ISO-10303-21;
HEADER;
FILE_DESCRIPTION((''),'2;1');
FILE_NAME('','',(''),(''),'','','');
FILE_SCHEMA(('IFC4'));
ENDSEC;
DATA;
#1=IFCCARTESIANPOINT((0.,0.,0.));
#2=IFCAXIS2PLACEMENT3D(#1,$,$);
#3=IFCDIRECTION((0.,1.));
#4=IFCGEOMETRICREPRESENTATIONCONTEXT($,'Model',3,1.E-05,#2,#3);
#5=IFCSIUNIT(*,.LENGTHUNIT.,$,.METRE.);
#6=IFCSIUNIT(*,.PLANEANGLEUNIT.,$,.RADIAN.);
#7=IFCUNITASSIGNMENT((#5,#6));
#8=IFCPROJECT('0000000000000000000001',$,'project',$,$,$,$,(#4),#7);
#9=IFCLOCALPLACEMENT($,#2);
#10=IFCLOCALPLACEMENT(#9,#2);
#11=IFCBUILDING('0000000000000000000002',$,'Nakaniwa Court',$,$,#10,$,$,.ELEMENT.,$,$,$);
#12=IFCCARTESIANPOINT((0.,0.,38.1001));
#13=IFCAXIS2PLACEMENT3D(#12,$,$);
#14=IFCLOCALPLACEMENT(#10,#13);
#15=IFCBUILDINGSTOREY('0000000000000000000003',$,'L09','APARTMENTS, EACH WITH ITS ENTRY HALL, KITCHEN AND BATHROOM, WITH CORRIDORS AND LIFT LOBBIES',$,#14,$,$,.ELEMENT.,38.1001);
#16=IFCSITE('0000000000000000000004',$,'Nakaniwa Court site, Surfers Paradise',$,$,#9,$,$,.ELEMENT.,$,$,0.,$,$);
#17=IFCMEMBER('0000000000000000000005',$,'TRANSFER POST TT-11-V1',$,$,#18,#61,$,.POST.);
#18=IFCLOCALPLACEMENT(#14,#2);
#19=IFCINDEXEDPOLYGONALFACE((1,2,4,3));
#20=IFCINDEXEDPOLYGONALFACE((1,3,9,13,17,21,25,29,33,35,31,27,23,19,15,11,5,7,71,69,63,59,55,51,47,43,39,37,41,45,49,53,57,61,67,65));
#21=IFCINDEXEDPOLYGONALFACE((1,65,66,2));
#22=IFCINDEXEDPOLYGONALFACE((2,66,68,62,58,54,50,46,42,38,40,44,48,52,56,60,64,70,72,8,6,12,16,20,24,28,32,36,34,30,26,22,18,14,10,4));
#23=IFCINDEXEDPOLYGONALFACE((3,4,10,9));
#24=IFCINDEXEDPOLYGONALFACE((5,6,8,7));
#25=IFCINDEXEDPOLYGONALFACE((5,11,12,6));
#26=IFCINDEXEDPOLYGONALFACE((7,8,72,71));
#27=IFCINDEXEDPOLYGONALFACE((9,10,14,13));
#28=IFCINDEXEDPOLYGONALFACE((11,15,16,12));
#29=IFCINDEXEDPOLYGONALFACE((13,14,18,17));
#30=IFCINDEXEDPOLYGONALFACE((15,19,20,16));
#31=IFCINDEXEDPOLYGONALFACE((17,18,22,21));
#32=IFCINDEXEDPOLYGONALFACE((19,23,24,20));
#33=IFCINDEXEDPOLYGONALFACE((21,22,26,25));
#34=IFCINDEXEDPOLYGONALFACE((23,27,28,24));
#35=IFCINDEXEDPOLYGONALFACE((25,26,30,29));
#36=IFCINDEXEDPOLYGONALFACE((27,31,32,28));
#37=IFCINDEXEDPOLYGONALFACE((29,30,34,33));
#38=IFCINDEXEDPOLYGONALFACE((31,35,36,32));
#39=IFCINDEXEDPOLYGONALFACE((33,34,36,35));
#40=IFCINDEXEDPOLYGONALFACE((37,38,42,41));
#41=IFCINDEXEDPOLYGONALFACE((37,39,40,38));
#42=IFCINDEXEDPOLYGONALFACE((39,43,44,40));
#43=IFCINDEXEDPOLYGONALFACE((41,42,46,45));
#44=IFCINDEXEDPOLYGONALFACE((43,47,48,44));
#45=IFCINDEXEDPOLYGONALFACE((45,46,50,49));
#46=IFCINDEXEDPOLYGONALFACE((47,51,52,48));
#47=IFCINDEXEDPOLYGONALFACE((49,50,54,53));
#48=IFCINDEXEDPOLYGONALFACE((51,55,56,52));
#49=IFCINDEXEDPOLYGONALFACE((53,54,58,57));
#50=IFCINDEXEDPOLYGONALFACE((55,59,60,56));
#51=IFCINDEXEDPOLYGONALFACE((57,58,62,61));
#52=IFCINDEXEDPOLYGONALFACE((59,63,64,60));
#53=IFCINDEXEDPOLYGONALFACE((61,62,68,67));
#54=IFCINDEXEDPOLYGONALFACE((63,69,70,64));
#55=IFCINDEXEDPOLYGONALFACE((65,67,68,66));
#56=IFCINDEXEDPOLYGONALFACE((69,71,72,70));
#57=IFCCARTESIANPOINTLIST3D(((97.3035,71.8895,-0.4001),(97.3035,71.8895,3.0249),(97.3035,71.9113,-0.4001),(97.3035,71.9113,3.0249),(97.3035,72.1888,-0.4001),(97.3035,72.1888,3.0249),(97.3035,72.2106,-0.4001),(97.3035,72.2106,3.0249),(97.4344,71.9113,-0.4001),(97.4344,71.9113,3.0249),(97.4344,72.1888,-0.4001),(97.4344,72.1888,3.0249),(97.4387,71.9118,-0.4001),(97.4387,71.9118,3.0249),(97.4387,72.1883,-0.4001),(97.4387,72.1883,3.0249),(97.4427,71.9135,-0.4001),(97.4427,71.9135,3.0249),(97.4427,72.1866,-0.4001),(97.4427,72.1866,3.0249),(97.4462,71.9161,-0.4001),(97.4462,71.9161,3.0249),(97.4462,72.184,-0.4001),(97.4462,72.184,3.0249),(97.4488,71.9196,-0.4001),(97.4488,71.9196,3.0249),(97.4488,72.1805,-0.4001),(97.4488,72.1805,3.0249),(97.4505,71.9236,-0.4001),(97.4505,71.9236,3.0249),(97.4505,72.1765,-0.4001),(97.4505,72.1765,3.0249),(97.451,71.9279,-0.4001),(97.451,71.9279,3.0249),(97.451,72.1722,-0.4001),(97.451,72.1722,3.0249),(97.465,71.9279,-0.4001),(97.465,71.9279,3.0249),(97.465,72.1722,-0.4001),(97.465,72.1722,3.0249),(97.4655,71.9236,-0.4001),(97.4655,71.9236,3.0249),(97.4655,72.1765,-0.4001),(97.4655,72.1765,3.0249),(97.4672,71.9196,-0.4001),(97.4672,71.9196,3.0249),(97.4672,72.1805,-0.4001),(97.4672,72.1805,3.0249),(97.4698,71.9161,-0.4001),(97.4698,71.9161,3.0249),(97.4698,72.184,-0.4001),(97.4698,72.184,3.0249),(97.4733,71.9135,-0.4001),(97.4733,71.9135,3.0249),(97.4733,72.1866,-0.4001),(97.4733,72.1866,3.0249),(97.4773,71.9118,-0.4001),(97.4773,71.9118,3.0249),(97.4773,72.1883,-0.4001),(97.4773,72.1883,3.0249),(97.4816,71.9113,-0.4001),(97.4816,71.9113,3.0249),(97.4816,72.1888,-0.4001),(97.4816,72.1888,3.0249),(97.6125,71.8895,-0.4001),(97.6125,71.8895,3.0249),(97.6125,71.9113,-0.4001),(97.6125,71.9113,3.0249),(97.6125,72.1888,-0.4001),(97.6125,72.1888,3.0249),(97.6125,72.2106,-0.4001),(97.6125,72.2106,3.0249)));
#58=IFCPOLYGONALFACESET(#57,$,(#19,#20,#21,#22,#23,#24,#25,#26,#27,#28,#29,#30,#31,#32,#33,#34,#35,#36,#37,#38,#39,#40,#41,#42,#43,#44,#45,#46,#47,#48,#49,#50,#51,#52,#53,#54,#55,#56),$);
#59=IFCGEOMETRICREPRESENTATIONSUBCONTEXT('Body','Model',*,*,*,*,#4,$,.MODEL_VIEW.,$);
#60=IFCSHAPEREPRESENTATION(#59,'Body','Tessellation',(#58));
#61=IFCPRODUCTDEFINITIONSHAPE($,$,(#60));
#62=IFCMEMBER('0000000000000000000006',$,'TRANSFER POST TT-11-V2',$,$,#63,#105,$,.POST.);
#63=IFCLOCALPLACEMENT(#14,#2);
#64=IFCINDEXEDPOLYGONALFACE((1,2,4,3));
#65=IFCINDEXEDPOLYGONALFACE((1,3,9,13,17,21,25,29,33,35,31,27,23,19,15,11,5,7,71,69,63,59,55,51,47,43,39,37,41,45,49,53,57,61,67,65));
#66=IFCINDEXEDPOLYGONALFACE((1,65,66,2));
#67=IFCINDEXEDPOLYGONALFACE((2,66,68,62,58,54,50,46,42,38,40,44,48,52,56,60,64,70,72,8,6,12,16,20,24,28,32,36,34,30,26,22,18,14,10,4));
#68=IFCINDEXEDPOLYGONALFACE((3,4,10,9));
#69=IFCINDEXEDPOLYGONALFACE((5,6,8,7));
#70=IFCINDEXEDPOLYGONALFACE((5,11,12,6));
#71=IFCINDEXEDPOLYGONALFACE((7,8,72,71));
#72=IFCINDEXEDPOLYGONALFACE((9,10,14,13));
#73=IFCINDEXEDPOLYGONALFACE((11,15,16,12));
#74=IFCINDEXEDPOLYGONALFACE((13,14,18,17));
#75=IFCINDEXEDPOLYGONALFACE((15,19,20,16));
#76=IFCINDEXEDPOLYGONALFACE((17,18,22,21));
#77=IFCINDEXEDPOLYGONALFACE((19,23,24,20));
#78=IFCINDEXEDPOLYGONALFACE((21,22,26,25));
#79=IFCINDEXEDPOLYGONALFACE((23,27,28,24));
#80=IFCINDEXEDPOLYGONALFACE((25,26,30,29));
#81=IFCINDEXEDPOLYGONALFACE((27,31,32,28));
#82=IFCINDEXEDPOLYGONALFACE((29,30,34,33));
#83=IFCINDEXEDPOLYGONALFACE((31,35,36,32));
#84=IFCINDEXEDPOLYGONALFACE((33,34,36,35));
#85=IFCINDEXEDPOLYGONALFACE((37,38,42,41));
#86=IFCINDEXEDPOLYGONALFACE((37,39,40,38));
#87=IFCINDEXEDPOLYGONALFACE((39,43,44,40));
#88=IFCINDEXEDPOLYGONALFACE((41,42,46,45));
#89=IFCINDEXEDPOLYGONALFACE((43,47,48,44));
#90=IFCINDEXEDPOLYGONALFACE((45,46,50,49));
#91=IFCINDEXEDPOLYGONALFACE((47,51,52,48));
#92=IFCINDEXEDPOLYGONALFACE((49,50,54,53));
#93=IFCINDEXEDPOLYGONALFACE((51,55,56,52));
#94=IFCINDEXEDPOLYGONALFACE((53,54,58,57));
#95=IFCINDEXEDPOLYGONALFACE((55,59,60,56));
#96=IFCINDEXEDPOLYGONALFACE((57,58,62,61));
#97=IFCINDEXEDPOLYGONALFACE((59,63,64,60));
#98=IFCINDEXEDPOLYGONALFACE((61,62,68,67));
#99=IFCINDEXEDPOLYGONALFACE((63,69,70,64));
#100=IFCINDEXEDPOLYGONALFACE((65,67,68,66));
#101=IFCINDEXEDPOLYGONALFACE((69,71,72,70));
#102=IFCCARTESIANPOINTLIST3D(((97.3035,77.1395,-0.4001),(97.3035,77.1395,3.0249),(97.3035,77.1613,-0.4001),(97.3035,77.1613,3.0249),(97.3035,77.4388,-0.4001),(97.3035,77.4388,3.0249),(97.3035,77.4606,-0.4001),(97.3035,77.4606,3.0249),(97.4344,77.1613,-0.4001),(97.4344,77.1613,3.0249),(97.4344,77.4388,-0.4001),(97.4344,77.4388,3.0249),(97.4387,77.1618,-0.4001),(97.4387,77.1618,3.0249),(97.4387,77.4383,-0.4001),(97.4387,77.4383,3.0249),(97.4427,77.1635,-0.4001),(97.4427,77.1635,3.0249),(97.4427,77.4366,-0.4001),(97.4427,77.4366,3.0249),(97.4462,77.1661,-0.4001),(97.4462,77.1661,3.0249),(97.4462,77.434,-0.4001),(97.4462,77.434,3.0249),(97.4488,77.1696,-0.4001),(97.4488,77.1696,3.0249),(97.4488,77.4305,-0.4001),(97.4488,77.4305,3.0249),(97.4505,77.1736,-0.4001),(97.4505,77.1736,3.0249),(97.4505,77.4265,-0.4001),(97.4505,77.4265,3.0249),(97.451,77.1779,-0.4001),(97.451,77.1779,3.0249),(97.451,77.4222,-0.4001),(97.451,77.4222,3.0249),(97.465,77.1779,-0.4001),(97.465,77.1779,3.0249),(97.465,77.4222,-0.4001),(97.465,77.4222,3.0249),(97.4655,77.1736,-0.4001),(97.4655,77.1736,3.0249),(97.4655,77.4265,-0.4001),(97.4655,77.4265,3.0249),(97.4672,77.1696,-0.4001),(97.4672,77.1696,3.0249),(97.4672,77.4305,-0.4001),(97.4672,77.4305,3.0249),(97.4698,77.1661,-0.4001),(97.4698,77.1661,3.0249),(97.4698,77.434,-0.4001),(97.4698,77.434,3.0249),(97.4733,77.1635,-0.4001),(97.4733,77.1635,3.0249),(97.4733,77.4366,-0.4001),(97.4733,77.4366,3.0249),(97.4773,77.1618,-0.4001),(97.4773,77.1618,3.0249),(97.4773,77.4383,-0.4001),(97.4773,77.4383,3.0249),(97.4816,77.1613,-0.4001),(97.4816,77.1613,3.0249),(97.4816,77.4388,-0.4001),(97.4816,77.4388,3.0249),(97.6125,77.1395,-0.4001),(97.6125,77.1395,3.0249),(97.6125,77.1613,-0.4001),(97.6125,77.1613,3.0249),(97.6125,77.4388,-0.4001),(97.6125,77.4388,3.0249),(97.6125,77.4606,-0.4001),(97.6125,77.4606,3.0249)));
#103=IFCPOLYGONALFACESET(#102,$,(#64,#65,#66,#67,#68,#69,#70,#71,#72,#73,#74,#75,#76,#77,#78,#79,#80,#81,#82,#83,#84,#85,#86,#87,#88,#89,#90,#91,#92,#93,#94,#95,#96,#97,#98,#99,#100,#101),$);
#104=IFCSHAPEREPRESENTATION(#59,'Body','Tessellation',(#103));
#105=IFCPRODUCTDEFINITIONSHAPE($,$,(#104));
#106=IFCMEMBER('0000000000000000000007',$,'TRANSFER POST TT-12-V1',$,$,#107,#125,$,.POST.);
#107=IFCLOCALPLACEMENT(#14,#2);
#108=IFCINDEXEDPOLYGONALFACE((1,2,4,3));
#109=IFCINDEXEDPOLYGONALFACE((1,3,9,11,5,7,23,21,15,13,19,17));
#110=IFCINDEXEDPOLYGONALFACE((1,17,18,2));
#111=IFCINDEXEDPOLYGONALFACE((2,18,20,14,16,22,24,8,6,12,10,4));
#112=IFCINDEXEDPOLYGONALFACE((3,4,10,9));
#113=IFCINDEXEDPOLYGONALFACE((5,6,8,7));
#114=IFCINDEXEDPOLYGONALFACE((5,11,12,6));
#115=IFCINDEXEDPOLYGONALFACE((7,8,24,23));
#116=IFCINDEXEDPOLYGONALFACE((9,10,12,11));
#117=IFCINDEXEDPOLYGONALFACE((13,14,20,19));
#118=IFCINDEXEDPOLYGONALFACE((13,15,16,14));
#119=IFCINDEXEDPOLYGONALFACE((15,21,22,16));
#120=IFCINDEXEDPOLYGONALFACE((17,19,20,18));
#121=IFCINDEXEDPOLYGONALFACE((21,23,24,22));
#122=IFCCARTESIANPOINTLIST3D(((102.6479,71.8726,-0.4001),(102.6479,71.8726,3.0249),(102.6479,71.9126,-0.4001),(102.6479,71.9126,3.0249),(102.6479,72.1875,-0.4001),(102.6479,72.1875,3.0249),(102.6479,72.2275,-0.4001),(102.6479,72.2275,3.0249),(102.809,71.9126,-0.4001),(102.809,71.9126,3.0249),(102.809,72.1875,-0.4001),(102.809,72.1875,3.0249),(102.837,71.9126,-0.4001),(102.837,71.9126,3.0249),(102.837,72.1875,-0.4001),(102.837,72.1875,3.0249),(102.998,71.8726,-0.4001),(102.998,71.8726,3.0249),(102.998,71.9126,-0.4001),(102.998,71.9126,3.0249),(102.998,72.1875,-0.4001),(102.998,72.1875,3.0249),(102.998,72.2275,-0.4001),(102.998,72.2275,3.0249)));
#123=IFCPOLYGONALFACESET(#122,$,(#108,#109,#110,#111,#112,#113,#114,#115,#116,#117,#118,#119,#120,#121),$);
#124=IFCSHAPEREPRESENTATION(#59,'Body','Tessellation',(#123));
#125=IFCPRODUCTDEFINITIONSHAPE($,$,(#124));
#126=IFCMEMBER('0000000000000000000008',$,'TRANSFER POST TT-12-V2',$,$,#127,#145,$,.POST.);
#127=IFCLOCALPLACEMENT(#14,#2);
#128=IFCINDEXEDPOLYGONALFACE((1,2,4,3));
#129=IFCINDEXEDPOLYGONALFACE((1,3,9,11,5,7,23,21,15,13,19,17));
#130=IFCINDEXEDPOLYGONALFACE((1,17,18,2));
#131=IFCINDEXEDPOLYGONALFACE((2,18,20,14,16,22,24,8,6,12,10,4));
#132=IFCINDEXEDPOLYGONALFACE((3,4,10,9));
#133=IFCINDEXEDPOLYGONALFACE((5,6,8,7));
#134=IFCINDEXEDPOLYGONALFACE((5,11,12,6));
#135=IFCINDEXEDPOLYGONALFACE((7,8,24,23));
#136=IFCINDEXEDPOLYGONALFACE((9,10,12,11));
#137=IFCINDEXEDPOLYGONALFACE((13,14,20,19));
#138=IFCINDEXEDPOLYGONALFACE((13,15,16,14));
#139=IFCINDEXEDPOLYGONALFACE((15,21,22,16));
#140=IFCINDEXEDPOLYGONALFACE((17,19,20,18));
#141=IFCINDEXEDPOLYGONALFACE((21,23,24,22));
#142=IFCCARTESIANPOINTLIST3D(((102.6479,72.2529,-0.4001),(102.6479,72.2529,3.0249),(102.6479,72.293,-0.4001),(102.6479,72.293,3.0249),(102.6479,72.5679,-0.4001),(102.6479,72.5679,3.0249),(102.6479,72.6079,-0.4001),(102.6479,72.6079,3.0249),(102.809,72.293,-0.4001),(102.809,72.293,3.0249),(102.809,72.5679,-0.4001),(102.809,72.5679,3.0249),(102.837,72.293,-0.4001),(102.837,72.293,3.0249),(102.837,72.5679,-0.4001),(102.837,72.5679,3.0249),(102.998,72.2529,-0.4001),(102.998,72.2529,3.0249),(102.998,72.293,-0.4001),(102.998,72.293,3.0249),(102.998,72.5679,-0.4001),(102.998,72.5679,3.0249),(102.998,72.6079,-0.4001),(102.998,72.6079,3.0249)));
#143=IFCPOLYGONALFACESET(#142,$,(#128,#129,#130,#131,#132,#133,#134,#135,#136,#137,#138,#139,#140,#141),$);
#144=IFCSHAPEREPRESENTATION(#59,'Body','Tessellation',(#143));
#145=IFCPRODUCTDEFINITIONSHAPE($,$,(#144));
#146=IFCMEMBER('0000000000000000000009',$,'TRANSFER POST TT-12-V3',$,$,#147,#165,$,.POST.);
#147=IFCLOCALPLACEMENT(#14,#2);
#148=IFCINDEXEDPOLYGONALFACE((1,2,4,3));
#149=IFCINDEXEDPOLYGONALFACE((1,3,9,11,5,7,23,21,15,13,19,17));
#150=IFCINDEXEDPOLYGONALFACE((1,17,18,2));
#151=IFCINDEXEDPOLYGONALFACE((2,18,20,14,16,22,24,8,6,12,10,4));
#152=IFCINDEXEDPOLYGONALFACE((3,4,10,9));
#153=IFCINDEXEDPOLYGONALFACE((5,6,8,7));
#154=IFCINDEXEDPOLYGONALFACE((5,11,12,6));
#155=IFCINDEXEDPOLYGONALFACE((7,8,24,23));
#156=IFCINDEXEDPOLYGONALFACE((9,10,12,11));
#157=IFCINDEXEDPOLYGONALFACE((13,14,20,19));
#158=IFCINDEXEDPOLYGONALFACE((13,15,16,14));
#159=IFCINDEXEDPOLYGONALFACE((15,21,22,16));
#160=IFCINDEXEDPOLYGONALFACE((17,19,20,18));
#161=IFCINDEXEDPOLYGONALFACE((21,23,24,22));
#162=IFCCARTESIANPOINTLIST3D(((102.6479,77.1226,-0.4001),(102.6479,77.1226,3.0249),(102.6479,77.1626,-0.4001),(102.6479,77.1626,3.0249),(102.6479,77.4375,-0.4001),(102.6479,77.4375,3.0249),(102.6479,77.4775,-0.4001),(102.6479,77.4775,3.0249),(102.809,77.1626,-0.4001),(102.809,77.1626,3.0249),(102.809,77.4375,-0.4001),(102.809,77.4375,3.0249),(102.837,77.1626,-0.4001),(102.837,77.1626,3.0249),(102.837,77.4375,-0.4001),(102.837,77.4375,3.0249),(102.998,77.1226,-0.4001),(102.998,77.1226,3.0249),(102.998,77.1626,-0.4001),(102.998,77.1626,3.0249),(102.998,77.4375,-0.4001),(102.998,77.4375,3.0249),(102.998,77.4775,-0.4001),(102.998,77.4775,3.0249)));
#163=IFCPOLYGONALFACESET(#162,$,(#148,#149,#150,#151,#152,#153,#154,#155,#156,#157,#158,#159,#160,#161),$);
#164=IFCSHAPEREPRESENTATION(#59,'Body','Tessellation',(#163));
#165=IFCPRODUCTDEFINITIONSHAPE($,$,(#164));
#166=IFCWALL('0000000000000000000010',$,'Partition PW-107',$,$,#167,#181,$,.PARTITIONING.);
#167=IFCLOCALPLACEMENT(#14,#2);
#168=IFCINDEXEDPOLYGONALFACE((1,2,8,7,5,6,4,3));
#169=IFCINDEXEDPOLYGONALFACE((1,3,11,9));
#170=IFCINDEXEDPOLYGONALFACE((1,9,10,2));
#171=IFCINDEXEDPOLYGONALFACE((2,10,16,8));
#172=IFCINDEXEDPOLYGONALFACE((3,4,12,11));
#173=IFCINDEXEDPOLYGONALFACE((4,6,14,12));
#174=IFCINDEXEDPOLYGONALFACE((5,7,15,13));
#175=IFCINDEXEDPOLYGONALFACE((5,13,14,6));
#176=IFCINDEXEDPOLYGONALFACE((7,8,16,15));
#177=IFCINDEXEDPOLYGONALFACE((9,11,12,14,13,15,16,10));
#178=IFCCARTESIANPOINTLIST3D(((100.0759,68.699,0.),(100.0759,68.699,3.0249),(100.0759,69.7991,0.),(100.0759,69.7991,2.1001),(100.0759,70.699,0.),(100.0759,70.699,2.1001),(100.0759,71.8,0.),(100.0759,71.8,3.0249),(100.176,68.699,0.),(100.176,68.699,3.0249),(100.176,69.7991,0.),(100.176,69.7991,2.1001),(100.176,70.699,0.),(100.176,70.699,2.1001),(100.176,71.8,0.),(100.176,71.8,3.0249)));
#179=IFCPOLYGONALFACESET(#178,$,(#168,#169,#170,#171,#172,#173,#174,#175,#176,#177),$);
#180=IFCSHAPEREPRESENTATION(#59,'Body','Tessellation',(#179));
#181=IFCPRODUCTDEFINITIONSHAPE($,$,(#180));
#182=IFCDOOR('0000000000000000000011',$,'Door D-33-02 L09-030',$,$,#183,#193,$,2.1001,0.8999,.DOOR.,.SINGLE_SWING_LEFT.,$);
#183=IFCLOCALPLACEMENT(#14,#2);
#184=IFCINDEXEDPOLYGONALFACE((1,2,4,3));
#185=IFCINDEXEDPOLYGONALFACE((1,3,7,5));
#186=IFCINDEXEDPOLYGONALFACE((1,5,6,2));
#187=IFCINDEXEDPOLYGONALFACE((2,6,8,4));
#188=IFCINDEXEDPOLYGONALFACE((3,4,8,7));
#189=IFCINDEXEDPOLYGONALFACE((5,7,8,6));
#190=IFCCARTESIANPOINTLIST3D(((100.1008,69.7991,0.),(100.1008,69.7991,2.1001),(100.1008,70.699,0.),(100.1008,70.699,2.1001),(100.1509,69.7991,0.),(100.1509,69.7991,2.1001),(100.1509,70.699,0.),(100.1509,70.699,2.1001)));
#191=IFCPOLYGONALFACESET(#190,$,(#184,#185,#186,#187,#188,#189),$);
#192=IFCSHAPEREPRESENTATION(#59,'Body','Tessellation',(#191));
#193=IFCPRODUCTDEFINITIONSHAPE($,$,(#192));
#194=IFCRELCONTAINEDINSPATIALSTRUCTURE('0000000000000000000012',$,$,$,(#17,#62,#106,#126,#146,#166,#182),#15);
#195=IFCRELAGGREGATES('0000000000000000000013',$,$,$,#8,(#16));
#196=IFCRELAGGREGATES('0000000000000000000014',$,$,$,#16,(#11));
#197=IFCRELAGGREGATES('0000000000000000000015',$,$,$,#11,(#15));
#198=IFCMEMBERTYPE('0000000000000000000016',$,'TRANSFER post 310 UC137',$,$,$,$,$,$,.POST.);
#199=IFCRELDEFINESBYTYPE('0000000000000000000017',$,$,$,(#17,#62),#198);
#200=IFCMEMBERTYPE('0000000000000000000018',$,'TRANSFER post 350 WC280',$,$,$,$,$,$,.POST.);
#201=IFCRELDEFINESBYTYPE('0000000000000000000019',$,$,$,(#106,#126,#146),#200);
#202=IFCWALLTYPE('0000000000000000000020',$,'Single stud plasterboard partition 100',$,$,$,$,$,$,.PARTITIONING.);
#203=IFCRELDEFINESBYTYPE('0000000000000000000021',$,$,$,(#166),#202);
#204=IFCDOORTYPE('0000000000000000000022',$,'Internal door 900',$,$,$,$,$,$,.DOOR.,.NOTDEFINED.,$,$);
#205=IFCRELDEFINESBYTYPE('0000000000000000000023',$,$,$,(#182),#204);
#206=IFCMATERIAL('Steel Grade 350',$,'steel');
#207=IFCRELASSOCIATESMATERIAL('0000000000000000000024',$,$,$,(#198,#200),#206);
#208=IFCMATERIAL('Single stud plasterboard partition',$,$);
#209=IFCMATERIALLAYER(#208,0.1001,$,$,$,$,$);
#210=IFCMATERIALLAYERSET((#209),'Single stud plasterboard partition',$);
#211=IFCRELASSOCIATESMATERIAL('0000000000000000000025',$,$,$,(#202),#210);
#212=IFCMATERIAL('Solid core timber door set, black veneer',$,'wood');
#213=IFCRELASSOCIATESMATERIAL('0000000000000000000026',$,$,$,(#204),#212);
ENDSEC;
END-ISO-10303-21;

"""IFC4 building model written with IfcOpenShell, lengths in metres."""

from ifc_helpers import new_model, si_unit, direction, frame, frame_2d, origin, origin_2d, place, context, subcontext, project, spatial, rectangle, i_section, extrude, material, layer, layer_set, material_profile, profile_set, type_object, element, fill, save


model = new_model("IFC4")

# Units and contexts
model_context = context("Model", 3, precision=1e-05, world=origin(), true_north=direction((0.0, 1.0)))
body_context = subcontext(model_context, "Body", "Model", "MODEL_VIEW")
ifc_project = project(units=[si_unit("LENGTHUNIT", "METRE"), si_unit("PLANEANGLEUNIT", "RADIAN")], contexts=[model_context])

# Site, building, storey
site_placement = place(None, origin())
site = spatial("IfcSite", under=ifc_project, at=site_placement, Name="Nakaniwa Court site, Surfers Paradise", CompositionType="ELEMENT", RefElevation=0.0)
building_placement = place(site_placement, origin())
building = spatial("IfcBuilding", under=site, at=building_placement, Name="Nakaniwa Court", CompositionType="ELEMENT")
storey_placement = place(building_placement, frame((0.0, 0.0, 38.1001)))
storey = spatial("IfcBuildingStorey", under=building, at=storey_placement, Name="L09", Description="APARTMENTS, EACH WITH ITS ENTRY HALL, KITCHEN AND BATHROOM, WITH CORRIDORS AND LIFT LOBBIES", CompositionType="ELEMENT", Elevation=38.1001)

# Members
ifc_material_1 = material(Name="Steel Grade 350", Category="steel")
ifc_material_profile_1 = material_profile(ifc_material_1, i_section(OverallWidth=0.3091, OverallDepth=0.321, WebThickness=0.0139, FlangeThickness=0.0217, FilletRadius=0.0166, at=origin_2d()), Name="310UC137")
ifc_profile_set_1 = profile_set([ifc_material_profile_1], Name="Steel Grade 350")
member_type_1 = type_object("IfcMemberType", Name="TRANSFER post 310 UC137", PredefinedType="POST", material=ifc_profile_set_1)
for number, where, z_axis, x_axis, name in (
    (1, (97.458, 72.05, -0.4001), (0.0, 0.0, 1.0), (1.0, 0.0, 0.0), "TRANSFER POST TT-11-V1"),
    (2, (97.458, 77.3, -0.4001), (0.0, 0.0, 1.0), (1.0, 0.0, 0.0), "TRANSFER POST TT-11-V2"),
):
    element("IfcMember", number, at=place(storey_placement, frame(where, z_axis=z_axis, x_axis=x_axis)), inside=storey, type_object=member_type_1, Name=name, PredefinedType="POST", context=body_context, shape_type="SweptSolid", body=[
        extrude(i_section(OverallWidth=0.3091, OverallDepth=0.321, WebThickness=0.0139, FlangeThickness=0.0217, FilletRadius=0.0166, at=origin_2d()), origin(), (0.0, 0.0, 1.0), 3.425),
    ])
ifc_material_profile_2 = material_profile(ifc_material_1, i_section(OverallWidth=0.3501, OverallDepth=0.355, WebThickness=0.0281, FlangeThickness=0.04, at=origin_2d()), Name="350WC280")
ifc_profile_set_2 = profile_set([ifc_material_profile_2], Name="Steel Grade 350")
member_type_2 = type_object("IfcMemberType", Name="TRANSFER post 350 WC280", PredefinedType="POST", material=ifc_profile_set_2)
for number, where, z_axis, x_axis, name in (
    (3, (102.823, 72.05, -0.4001), (0.0, 0.0, 1.0), (1.0, 0.0, 0.0), "TRANSFER POST TT-12-V1"),
    (4, (102.823, 72.4304, -0.4001), (0.0, 0.0, 1.0), (1.0, 0.0, 0.0), "TRANSFER POST TT-12-V2"),
    (5, (102.823, 77.3, -0.4001), (0.0, 0.0, 1.0), (1.0, 0.0, 0.0), "TRANSFER POST TT-12-V3"),
):
    element("IfcMember", number, at=place(storey_placement, frame(where, z_axis=z_axis, x_axis=x_axis)), inside=storey, type_object=member_type_2, Name=name, PredefinedType="POST", context=body_context, shape_type="SweptSolid", body=[
        extrude(i_section(OverallWidth=0.3501, OverallDepth=0.355, WebThickness=0.0281, FlangeThickness=0.04, at=origin_2d()), origin(), (0.0, 0.0, 1.0), 3.425),
    ])

# Wall, opening, door
ifc_material_2 = material(Name="Single stud plasterboard partition")
ifc_layer = layer(ifc_material_2, 0.1001)
ifc_layer_set = layer_set([ifc_layer], Name="Single stud plasterboard partition")
wall_type = type_object("IfcWallType", Name="Single stud plasterboard partition 100", PredefinedType="PARTITIONING", material=ifc_layer_set)
wall_placement = place(storey_placement, frame((100.126, 71.8, 0.0), z_axis=(0.0, 0.0, 1.0), x_axis=(0.0, -1.0, 0.0)))
wall = element("IfcWall", 6, at=wall_placement, inside=storey, type_object=wall_type, Name="Partition PW-107", PredefinedType="PARTITIONING", context=body_context, shape_type="SweptSolid", body=[
    extrude(rectangle(XDim=3.1011, YDim=0.1001, at=frame_2d((1.5505, 0.0))), origin(), (0.0, 0.0, 1.0), 3.0249),
])
opening_placement = place(wall_placement, frame((1.1011, 0.0, 0.0)))
opening = element("IfcOpeningElement", 7, at=opening_placement, cuts=wall, PredefinedType="OPENING", context=body_context, shape_type="SweptSolid", body=[
    extrude(rectangle(XDim=0.8999, YDim=2.1001, at=frame_2d((0.45, 1.05))), frame((0.0, 0.0601, 0.0), z_axis=(0.0, -1.0, 0.0), x_axis=(1.0, 0.0, 0.0)), (0.0, 0.0, 1.0), 0.1201),
])
ifc_material_3 = material(Name="Solid core timber door set, black veneer", Category="wood")
door_type = type_object("IfcDoorType", Name="Internal door 900", OperationType="NOTDEFINED", PredefinedType="DOOR", material=ifc_material_3)
door_placement = place(opening_placement, origin())
door = element("IfcDoor", 8, at=door_placement, inside=storey, type_object=door_type, Name="Door D-33-02 L09-030", OperationType="SINGLE_SWING_LEFT", OverallHeight=2.1001, OverallWidth=0.8999, PredefinedType="DOOR", context=body_context, shape_type="SweptSolid", body=[
    extrude(rectangle(XDim=0.8999, YDim=2.1001, at=frame_2d((0.45, 1.05))), frame((0.0, 0.0249, 0.0), z_axis=(0.0, -1.0, 0.0), x_axis=(1.0, 0.0, 0.0)), (0.0, 0.0, 1.0), 0.05),
])
fill(opening, door)

save(model, "model.ifc")
